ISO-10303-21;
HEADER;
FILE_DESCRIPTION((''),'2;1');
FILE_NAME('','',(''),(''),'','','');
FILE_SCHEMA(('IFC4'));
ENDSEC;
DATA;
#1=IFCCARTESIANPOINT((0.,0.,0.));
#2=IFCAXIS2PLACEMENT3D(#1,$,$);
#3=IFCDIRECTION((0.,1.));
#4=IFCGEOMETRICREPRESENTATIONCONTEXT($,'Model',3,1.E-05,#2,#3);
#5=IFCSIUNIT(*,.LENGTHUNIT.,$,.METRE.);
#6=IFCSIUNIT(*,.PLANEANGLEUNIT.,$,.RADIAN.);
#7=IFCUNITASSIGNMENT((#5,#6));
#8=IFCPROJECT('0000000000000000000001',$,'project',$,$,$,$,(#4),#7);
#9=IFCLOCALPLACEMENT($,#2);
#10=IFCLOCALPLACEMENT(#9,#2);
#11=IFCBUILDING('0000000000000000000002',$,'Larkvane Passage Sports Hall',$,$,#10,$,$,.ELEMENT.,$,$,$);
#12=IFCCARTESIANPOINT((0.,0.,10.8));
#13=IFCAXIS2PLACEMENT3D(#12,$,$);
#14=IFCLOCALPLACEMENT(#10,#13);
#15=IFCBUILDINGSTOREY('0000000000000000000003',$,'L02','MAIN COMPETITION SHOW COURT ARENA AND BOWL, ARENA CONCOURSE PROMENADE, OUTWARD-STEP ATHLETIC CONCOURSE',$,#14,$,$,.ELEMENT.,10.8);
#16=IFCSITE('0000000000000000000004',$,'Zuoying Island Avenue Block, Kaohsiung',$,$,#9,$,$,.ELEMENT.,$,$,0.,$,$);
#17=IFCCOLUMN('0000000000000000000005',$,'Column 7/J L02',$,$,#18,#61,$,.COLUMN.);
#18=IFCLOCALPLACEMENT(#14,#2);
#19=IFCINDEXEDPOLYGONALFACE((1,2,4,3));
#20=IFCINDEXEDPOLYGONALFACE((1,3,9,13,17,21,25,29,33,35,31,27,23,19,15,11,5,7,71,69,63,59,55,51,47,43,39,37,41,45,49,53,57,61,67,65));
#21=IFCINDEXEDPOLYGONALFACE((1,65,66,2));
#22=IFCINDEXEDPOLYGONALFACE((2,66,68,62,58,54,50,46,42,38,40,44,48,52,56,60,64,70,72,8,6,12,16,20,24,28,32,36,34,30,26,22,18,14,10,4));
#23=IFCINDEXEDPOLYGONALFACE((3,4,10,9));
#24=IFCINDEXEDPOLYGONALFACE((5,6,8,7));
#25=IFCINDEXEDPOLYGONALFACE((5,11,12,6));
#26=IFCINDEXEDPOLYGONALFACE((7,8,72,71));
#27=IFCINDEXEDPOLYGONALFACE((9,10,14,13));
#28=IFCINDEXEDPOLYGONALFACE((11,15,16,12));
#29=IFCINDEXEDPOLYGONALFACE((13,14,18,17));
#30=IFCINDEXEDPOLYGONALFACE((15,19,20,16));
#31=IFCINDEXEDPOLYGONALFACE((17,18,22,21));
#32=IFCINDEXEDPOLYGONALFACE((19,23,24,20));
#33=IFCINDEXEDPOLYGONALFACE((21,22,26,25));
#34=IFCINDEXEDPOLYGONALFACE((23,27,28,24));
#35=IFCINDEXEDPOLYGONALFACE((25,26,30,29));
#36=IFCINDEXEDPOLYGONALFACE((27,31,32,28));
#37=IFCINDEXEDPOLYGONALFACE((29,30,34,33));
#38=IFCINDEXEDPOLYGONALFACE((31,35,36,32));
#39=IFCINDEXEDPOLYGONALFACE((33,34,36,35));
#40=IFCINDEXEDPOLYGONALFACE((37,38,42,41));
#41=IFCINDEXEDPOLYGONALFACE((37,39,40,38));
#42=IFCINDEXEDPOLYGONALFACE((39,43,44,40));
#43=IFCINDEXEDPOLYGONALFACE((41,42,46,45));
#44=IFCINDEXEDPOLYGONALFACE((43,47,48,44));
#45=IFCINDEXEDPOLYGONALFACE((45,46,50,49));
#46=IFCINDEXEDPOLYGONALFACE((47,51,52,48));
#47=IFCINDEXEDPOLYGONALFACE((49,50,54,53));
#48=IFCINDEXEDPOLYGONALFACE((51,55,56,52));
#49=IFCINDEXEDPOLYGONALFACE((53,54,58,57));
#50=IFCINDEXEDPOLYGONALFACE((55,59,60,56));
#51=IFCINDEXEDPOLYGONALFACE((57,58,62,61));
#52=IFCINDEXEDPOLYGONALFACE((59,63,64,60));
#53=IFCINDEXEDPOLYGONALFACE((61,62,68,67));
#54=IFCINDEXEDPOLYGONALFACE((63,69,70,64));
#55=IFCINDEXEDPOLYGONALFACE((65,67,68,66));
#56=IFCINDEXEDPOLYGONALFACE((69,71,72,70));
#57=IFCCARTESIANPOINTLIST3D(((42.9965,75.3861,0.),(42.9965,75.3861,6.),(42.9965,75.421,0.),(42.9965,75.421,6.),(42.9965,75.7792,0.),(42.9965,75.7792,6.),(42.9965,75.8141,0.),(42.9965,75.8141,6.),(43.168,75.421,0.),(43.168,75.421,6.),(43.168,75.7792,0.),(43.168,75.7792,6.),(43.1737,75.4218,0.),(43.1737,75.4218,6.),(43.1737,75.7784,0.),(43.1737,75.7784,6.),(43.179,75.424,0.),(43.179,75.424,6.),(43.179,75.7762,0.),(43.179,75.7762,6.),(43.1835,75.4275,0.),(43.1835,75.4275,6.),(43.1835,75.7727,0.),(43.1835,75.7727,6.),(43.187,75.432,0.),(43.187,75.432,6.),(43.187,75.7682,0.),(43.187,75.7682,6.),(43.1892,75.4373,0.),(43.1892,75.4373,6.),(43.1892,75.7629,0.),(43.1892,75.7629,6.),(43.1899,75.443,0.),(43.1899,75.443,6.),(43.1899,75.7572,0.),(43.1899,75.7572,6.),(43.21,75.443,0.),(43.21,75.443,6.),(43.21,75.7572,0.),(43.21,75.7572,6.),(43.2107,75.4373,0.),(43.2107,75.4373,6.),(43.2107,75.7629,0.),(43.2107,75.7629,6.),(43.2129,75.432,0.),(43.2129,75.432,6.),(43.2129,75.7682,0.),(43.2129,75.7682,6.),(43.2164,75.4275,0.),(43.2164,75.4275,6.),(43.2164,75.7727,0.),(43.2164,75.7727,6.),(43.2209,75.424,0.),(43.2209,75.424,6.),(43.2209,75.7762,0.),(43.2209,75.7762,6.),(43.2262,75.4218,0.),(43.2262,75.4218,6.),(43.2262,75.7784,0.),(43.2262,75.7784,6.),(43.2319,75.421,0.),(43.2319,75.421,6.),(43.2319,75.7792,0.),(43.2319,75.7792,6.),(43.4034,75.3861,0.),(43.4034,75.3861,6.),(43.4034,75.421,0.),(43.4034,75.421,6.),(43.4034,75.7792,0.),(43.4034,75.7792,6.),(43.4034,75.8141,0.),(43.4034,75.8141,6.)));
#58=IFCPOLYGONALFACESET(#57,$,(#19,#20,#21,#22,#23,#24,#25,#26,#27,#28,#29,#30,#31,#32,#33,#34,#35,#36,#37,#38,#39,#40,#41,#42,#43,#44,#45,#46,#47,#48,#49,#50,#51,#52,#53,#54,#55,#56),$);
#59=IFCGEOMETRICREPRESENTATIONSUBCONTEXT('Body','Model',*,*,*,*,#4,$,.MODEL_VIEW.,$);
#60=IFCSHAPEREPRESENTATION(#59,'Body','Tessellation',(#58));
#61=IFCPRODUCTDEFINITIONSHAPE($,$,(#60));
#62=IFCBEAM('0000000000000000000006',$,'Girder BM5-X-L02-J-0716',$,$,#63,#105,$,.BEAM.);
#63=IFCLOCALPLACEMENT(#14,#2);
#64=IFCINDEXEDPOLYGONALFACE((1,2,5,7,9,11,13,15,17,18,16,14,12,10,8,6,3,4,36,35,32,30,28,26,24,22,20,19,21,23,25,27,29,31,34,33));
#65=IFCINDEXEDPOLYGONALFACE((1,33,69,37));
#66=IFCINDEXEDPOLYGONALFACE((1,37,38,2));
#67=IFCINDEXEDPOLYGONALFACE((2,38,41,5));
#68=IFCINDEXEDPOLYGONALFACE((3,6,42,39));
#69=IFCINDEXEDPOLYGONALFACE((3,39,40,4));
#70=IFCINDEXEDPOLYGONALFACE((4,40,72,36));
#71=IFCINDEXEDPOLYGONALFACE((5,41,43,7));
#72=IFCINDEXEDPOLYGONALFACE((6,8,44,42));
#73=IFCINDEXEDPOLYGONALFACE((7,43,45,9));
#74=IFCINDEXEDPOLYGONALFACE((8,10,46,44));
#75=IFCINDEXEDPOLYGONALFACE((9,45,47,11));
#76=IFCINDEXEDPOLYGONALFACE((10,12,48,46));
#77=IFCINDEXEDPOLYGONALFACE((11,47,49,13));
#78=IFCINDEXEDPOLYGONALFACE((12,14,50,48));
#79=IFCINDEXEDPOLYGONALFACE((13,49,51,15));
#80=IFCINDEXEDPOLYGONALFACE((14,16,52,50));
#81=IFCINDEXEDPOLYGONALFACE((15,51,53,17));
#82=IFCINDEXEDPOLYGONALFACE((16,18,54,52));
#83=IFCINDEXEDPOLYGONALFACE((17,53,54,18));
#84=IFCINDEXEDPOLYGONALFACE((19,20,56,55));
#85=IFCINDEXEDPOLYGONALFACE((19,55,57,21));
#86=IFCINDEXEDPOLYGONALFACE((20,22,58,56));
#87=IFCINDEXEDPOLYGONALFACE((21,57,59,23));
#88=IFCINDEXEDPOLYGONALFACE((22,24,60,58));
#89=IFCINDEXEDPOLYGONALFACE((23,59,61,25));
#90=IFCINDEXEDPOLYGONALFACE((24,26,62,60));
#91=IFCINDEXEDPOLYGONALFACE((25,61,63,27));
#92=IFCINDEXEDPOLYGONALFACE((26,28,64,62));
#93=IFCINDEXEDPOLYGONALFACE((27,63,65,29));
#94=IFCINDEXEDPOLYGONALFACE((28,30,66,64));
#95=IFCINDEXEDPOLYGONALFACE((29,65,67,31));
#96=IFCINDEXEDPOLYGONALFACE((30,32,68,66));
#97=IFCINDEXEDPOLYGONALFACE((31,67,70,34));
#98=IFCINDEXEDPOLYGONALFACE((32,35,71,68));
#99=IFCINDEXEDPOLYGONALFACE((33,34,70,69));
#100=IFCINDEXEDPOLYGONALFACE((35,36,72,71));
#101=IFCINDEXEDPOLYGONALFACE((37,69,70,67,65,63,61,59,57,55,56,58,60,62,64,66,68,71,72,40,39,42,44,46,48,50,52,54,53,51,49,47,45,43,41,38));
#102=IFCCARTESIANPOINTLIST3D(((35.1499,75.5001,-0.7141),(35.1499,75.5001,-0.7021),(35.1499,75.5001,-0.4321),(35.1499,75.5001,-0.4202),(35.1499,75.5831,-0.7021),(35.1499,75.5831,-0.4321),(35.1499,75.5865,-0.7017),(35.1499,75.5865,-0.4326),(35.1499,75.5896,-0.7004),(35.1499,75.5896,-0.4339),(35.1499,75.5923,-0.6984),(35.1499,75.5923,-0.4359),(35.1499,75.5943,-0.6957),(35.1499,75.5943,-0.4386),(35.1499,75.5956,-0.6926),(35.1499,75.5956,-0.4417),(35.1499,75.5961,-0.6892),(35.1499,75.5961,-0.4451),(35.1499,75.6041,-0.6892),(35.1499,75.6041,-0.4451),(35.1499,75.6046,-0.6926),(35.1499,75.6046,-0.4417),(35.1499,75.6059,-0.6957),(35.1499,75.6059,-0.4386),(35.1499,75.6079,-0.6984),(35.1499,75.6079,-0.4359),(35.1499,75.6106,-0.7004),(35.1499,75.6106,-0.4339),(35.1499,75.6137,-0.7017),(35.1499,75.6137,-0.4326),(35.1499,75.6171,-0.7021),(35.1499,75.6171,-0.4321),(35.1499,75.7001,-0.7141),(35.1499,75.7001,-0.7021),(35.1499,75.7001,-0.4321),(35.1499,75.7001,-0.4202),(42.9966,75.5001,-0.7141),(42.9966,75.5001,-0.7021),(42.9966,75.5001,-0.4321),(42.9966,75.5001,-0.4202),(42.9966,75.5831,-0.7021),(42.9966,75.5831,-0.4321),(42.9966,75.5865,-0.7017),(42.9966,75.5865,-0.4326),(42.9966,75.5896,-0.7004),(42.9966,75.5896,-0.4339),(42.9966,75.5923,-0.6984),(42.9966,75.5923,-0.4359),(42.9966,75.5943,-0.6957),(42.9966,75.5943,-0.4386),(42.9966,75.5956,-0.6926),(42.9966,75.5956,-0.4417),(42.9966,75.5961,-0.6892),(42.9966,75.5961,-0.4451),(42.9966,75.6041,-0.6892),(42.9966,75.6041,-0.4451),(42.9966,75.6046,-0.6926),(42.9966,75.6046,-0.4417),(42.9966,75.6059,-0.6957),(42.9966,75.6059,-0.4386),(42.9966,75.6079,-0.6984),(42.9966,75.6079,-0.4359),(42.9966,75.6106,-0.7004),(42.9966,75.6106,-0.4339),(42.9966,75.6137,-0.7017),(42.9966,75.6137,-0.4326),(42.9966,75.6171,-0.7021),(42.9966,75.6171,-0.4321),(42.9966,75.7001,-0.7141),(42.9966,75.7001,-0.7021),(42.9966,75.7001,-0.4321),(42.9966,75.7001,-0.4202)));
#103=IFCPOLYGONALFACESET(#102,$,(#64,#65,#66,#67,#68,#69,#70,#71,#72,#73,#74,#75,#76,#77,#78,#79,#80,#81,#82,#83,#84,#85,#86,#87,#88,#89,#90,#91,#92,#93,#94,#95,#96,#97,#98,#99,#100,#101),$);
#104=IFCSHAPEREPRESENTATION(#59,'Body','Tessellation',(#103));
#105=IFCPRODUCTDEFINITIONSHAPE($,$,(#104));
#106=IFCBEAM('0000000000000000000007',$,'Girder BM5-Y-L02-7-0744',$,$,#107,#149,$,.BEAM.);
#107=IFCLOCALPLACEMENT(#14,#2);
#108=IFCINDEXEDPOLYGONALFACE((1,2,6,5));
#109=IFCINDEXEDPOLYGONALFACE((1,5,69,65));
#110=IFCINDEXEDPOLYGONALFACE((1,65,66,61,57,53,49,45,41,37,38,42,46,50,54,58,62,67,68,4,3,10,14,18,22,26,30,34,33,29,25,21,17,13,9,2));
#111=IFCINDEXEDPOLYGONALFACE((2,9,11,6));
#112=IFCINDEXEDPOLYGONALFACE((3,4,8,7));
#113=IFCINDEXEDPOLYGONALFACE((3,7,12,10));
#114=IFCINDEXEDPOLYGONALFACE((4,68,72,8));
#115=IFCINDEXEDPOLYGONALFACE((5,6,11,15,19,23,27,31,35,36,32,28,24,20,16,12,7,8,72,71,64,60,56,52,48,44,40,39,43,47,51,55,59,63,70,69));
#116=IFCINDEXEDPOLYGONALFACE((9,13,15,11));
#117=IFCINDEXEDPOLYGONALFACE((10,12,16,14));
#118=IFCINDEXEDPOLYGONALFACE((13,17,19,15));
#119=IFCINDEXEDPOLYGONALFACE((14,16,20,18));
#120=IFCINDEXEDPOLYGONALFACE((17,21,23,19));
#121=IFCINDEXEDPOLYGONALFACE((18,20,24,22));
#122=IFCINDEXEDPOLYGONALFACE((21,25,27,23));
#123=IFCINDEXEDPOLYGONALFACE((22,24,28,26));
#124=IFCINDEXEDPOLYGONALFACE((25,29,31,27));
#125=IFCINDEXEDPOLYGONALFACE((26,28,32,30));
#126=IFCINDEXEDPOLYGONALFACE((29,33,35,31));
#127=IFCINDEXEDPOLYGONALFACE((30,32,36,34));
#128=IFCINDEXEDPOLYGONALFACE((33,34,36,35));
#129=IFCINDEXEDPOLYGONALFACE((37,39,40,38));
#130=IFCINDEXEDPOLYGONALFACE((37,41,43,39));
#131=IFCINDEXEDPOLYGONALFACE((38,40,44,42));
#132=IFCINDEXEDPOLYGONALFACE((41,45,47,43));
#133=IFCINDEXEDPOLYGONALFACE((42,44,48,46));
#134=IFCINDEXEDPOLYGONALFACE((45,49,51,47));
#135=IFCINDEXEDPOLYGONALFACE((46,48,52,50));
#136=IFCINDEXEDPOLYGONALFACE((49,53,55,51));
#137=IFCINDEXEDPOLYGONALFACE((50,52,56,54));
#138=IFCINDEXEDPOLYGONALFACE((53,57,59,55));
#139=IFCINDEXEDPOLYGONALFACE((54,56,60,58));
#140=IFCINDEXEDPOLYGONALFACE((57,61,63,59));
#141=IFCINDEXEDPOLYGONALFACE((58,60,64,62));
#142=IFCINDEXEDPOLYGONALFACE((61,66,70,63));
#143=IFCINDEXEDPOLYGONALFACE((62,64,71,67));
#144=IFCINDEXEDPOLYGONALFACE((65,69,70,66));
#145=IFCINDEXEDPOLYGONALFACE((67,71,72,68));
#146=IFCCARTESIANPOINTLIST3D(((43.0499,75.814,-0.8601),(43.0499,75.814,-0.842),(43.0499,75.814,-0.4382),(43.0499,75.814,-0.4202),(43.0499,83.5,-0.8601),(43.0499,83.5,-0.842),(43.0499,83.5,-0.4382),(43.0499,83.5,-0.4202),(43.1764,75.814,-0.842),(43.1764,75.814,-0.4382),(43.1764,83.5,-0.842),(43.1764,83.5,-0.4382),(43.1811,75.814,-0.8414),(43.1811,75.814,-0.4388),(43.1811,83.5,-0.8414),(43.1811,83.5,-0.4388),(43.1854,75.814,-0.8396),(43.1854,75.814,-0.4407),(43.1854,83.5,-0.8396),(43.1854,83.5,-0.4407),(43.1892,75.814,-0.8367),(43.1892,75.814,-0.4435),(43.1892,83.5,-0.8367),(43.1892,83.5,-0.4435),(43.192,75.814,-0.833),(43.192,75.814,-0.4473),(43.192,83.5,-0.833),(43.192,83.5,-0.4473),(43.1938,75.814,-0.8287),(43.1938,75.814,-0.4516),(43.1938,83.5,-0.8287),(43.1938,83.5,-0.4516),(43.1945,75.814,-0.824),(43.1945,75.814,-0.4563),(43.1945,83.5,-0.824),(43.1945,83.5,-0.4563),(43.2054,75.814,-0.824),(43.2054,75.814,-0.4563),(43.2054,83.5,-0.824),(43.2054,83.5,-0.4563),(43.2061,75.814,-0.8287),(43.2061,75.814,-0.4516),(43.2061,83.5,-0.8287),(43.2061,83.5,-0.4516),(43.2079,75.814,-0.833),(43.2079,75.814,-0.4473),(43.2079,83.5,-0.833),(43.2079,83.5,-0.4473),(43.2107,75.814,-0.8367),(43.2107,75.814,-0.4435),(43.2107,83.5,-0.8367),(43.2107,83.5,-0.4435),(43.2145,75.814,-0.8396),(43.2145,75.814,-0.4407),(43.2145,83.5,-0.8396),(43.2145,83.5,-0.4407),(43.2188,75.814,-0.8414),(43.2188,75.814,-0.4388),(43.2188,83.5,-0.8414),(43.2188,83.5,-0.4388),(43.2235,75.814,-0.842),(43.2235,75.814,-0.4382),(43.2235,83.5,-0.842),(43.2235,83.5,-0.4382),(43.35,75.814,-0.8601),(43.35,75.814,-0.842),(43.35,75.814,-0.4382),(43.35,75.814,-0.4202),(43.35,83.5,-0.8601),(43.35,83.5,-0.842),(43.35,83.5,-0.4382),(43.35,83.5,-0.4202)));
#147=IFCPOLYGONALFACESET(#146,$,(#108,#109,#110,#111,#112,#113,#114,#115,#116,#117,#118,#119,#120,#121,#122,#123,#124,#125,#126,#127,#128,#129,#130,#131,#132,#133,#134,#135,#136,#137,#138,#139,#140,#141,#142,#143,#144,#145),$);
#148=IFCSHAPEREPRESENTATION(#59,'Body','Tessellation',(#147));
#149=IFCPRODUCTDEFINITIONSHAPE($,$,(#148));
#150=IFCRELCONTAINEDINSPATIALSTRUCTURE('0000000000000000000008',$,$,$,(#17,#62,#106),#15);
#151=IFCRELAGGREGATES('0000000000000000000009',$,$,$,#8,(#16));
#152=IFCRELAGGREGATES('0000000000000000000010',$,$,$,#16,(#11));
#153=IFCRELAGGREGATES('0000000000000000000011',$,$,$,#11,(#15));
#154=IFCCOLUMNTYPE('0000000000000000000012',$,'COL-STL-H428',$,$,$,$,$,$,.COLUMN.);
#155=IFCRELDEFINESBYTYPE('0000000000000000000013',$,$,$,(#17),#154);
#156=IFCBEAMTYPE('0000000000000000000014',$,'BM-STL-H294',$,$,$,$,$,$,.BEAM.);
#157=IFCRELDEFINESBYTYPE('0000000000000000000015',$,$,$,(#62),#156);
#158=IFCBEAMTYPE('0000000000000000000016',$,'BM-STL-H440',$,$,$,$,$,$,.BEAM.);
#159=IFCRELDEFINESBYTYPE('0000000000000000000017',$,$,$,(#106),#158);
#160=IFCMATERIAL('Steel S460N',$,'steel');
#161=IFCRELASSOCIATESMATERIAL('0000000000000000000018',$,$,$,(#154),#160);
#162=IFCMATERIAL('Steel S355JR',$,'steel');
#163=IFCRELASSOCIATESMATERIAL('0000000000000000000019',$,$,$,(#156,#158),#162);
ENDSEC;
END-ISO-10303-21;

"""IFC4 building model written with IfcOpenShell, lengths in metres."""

from ifc_helpers import new_model, si_unit, direction, frame, origin, origin_2d, place, context, subcontext, project, spatial, i_section, extrude, material, material_profile, profile_set, type_object, element, save


model = new_model("IFC4")

# Units and contexts
model_context = context("Model", 3, precision=1e-05, world=origin(), true_north=direction((0.0, 1.0)))
body_context = subcontext(model_context, "Body", "Model", "MODEL_VIEW")
ifc_project = project(units=[si_unit("LENGTHUNIT", "METRE"), si_unit("PLANEANGLEUNIT", "RADIAN")], contexts=[model_context])

# Site, building, storey
site_placement = place(None, origin())
site = spatial("IfcSite", under=ifc_project, at=site_placement, Name="Zuoying Island Avenue Block, Kaohsiung", CompositionType="ELEMENT", RefElevation=0.0)
building_placement = place(site_placement, origin())
building = spatial("IfcBuilding", under=site, at=building_placement, Name="Larkvane Passage Sports Hall", CompositionType="ELEMENT")
storey_placement = place(building_placement, frame((0.0, 0.0, 10.8)))
storey = spatial("IfcBuildingStorey", under=building, at=storey_placement, Name="L02", Description="MAIN COMPETITION SHOW COURT ARENA AND BOWL, ARENA CONCOURSE PROMENADE, OUTWARD-STEP ATHLETIC CONCOURSE", CompositionType="ELEMENT", Elevation=10.8)

# Column
ifc_material_1 = material(Name="Steel S460N", Category="steel")
ifc_material_profile_1 = material_profile(ifc_material_1, i_section(OverallWidth=0.407, OverallDepth=0.428, WebThickness=0.02, FlangeThickness=0.0349, FilletRadius=0.022, at=origin_2d()), Name="H-428x407x20x35")
ifc_profile_set_1 = profile_set([ifc_material_profile_1], Name="Steel S460N")
column_type = type_object("IfcColumnType", Name="COL-STL-H428", PredefinedType="COLUMN", material=ifc_profile_set_1)
column_placement = place(storey_placement, frame((43.2, 75.6001, 0.0), z_axis=(0.0, 0.0, 1.0), x_axis=(1.0, 0.0, 0.0)))
element("IfcColumn", 1, at=column_placement, inside=storey, type_object=column_type, Name="Column 7/J L02", PredefinedType="COLUMN", context=body_context, shape_type="SweptSolid", body=[
    extrude(i_section(OverallWidth=0.407, OverallDepth=0.428, WebThickness=0.02, FlangeThickness=0.0349, FilletRadius=0.022, at=origin_2d()), origin(), (0.0, 0.0, 1.0), 6.0),
])

# Beams
ifc_material_2 = material(Name="Steel S355JR", Category="steel")
ifc_material_profile_2 = material_profile(ifc_material_2, i_section(OverallWidth=0.2, OverallDepth=0.2939, WebThickness=0.0081, FlangeThickness=0.012, FilletRadius=0.0129, at=origin_2d()), Name="H-294x200x8x12")
ifc_profile_set_2 = profile_set([ifc_material_profile_2], Name="Steel S355JR")
beam_type_1 = type_object("IfcBeamType", Name="BM-STL-H294", PredefinedType="BEAM", material=ifc_profile_set_2)
beam_1_placement = place(storey_placement, frame((35.1499, 75.6001, -0.5671), z_axis=(1.0, 0.0, 0.0), x_axis=(0.0, 1.0, 0.0)))
element("IfcBeam", 2, at=beam_1_placement, inside=storey, type_object=beam_type_1, Name="Girder BM5-X-L02-J-0716", PredefinedType="BEAM", context=body_context, shape_type="SweptSolid", body=[
    extrude(i_section(OverallWidth=0.2, OverallDepth=0.2939, WebThickness=0.0081, FlangeThickness=0.012, FilletRadius=0.0129, at=origin_2d()), origin(), (0.0, 0.0, 1.0), 7.8467),
])
ifc_material_profile_3 = material_profile(ifc_material_2, i_section(OverallWidth=0.3, OverallDepth=0.4399, WebThickness=0.011, FlangeThickness=0.0181, FilletRadius=0.0181, at=origin_2d()), Name="H-440x300x11x18")
ifc_profile_set_3 = profile_set([ifc_material_profile_3], Name="Steel S355JR")
beam_type_2 = type_object("IfcBeamType", Name="BM-STL-H440", PredefinedType="BEAM", material=ifc_profile_set_3)
beam_2_placement = place(storey_placement, frame((43.2, 75.814, -0.6401), z_axis=(0.0, 1.0, 0.0), x_axis=(-1.0, 0.0, 0.0)))
element("IfcBeam", 3, at=beam_2_placement, inside=storey, type_object=beam_type_2, Name="Girder BM5-Y-L02-7-0744", PredefinedType="BEAM", context=body_context, shape_type="SweptSolid", body=[
    extrude(i_section(OverallWidth=0.3, OverallDepth=0.4399, WebThickness=0.011, FlangeThickness=0.0181, FilletRadius=0.0181, at=origin_2d()), origin(), (0.0, 0.0, 1.0), 7.686),
])

save(model, "model.ifc")
